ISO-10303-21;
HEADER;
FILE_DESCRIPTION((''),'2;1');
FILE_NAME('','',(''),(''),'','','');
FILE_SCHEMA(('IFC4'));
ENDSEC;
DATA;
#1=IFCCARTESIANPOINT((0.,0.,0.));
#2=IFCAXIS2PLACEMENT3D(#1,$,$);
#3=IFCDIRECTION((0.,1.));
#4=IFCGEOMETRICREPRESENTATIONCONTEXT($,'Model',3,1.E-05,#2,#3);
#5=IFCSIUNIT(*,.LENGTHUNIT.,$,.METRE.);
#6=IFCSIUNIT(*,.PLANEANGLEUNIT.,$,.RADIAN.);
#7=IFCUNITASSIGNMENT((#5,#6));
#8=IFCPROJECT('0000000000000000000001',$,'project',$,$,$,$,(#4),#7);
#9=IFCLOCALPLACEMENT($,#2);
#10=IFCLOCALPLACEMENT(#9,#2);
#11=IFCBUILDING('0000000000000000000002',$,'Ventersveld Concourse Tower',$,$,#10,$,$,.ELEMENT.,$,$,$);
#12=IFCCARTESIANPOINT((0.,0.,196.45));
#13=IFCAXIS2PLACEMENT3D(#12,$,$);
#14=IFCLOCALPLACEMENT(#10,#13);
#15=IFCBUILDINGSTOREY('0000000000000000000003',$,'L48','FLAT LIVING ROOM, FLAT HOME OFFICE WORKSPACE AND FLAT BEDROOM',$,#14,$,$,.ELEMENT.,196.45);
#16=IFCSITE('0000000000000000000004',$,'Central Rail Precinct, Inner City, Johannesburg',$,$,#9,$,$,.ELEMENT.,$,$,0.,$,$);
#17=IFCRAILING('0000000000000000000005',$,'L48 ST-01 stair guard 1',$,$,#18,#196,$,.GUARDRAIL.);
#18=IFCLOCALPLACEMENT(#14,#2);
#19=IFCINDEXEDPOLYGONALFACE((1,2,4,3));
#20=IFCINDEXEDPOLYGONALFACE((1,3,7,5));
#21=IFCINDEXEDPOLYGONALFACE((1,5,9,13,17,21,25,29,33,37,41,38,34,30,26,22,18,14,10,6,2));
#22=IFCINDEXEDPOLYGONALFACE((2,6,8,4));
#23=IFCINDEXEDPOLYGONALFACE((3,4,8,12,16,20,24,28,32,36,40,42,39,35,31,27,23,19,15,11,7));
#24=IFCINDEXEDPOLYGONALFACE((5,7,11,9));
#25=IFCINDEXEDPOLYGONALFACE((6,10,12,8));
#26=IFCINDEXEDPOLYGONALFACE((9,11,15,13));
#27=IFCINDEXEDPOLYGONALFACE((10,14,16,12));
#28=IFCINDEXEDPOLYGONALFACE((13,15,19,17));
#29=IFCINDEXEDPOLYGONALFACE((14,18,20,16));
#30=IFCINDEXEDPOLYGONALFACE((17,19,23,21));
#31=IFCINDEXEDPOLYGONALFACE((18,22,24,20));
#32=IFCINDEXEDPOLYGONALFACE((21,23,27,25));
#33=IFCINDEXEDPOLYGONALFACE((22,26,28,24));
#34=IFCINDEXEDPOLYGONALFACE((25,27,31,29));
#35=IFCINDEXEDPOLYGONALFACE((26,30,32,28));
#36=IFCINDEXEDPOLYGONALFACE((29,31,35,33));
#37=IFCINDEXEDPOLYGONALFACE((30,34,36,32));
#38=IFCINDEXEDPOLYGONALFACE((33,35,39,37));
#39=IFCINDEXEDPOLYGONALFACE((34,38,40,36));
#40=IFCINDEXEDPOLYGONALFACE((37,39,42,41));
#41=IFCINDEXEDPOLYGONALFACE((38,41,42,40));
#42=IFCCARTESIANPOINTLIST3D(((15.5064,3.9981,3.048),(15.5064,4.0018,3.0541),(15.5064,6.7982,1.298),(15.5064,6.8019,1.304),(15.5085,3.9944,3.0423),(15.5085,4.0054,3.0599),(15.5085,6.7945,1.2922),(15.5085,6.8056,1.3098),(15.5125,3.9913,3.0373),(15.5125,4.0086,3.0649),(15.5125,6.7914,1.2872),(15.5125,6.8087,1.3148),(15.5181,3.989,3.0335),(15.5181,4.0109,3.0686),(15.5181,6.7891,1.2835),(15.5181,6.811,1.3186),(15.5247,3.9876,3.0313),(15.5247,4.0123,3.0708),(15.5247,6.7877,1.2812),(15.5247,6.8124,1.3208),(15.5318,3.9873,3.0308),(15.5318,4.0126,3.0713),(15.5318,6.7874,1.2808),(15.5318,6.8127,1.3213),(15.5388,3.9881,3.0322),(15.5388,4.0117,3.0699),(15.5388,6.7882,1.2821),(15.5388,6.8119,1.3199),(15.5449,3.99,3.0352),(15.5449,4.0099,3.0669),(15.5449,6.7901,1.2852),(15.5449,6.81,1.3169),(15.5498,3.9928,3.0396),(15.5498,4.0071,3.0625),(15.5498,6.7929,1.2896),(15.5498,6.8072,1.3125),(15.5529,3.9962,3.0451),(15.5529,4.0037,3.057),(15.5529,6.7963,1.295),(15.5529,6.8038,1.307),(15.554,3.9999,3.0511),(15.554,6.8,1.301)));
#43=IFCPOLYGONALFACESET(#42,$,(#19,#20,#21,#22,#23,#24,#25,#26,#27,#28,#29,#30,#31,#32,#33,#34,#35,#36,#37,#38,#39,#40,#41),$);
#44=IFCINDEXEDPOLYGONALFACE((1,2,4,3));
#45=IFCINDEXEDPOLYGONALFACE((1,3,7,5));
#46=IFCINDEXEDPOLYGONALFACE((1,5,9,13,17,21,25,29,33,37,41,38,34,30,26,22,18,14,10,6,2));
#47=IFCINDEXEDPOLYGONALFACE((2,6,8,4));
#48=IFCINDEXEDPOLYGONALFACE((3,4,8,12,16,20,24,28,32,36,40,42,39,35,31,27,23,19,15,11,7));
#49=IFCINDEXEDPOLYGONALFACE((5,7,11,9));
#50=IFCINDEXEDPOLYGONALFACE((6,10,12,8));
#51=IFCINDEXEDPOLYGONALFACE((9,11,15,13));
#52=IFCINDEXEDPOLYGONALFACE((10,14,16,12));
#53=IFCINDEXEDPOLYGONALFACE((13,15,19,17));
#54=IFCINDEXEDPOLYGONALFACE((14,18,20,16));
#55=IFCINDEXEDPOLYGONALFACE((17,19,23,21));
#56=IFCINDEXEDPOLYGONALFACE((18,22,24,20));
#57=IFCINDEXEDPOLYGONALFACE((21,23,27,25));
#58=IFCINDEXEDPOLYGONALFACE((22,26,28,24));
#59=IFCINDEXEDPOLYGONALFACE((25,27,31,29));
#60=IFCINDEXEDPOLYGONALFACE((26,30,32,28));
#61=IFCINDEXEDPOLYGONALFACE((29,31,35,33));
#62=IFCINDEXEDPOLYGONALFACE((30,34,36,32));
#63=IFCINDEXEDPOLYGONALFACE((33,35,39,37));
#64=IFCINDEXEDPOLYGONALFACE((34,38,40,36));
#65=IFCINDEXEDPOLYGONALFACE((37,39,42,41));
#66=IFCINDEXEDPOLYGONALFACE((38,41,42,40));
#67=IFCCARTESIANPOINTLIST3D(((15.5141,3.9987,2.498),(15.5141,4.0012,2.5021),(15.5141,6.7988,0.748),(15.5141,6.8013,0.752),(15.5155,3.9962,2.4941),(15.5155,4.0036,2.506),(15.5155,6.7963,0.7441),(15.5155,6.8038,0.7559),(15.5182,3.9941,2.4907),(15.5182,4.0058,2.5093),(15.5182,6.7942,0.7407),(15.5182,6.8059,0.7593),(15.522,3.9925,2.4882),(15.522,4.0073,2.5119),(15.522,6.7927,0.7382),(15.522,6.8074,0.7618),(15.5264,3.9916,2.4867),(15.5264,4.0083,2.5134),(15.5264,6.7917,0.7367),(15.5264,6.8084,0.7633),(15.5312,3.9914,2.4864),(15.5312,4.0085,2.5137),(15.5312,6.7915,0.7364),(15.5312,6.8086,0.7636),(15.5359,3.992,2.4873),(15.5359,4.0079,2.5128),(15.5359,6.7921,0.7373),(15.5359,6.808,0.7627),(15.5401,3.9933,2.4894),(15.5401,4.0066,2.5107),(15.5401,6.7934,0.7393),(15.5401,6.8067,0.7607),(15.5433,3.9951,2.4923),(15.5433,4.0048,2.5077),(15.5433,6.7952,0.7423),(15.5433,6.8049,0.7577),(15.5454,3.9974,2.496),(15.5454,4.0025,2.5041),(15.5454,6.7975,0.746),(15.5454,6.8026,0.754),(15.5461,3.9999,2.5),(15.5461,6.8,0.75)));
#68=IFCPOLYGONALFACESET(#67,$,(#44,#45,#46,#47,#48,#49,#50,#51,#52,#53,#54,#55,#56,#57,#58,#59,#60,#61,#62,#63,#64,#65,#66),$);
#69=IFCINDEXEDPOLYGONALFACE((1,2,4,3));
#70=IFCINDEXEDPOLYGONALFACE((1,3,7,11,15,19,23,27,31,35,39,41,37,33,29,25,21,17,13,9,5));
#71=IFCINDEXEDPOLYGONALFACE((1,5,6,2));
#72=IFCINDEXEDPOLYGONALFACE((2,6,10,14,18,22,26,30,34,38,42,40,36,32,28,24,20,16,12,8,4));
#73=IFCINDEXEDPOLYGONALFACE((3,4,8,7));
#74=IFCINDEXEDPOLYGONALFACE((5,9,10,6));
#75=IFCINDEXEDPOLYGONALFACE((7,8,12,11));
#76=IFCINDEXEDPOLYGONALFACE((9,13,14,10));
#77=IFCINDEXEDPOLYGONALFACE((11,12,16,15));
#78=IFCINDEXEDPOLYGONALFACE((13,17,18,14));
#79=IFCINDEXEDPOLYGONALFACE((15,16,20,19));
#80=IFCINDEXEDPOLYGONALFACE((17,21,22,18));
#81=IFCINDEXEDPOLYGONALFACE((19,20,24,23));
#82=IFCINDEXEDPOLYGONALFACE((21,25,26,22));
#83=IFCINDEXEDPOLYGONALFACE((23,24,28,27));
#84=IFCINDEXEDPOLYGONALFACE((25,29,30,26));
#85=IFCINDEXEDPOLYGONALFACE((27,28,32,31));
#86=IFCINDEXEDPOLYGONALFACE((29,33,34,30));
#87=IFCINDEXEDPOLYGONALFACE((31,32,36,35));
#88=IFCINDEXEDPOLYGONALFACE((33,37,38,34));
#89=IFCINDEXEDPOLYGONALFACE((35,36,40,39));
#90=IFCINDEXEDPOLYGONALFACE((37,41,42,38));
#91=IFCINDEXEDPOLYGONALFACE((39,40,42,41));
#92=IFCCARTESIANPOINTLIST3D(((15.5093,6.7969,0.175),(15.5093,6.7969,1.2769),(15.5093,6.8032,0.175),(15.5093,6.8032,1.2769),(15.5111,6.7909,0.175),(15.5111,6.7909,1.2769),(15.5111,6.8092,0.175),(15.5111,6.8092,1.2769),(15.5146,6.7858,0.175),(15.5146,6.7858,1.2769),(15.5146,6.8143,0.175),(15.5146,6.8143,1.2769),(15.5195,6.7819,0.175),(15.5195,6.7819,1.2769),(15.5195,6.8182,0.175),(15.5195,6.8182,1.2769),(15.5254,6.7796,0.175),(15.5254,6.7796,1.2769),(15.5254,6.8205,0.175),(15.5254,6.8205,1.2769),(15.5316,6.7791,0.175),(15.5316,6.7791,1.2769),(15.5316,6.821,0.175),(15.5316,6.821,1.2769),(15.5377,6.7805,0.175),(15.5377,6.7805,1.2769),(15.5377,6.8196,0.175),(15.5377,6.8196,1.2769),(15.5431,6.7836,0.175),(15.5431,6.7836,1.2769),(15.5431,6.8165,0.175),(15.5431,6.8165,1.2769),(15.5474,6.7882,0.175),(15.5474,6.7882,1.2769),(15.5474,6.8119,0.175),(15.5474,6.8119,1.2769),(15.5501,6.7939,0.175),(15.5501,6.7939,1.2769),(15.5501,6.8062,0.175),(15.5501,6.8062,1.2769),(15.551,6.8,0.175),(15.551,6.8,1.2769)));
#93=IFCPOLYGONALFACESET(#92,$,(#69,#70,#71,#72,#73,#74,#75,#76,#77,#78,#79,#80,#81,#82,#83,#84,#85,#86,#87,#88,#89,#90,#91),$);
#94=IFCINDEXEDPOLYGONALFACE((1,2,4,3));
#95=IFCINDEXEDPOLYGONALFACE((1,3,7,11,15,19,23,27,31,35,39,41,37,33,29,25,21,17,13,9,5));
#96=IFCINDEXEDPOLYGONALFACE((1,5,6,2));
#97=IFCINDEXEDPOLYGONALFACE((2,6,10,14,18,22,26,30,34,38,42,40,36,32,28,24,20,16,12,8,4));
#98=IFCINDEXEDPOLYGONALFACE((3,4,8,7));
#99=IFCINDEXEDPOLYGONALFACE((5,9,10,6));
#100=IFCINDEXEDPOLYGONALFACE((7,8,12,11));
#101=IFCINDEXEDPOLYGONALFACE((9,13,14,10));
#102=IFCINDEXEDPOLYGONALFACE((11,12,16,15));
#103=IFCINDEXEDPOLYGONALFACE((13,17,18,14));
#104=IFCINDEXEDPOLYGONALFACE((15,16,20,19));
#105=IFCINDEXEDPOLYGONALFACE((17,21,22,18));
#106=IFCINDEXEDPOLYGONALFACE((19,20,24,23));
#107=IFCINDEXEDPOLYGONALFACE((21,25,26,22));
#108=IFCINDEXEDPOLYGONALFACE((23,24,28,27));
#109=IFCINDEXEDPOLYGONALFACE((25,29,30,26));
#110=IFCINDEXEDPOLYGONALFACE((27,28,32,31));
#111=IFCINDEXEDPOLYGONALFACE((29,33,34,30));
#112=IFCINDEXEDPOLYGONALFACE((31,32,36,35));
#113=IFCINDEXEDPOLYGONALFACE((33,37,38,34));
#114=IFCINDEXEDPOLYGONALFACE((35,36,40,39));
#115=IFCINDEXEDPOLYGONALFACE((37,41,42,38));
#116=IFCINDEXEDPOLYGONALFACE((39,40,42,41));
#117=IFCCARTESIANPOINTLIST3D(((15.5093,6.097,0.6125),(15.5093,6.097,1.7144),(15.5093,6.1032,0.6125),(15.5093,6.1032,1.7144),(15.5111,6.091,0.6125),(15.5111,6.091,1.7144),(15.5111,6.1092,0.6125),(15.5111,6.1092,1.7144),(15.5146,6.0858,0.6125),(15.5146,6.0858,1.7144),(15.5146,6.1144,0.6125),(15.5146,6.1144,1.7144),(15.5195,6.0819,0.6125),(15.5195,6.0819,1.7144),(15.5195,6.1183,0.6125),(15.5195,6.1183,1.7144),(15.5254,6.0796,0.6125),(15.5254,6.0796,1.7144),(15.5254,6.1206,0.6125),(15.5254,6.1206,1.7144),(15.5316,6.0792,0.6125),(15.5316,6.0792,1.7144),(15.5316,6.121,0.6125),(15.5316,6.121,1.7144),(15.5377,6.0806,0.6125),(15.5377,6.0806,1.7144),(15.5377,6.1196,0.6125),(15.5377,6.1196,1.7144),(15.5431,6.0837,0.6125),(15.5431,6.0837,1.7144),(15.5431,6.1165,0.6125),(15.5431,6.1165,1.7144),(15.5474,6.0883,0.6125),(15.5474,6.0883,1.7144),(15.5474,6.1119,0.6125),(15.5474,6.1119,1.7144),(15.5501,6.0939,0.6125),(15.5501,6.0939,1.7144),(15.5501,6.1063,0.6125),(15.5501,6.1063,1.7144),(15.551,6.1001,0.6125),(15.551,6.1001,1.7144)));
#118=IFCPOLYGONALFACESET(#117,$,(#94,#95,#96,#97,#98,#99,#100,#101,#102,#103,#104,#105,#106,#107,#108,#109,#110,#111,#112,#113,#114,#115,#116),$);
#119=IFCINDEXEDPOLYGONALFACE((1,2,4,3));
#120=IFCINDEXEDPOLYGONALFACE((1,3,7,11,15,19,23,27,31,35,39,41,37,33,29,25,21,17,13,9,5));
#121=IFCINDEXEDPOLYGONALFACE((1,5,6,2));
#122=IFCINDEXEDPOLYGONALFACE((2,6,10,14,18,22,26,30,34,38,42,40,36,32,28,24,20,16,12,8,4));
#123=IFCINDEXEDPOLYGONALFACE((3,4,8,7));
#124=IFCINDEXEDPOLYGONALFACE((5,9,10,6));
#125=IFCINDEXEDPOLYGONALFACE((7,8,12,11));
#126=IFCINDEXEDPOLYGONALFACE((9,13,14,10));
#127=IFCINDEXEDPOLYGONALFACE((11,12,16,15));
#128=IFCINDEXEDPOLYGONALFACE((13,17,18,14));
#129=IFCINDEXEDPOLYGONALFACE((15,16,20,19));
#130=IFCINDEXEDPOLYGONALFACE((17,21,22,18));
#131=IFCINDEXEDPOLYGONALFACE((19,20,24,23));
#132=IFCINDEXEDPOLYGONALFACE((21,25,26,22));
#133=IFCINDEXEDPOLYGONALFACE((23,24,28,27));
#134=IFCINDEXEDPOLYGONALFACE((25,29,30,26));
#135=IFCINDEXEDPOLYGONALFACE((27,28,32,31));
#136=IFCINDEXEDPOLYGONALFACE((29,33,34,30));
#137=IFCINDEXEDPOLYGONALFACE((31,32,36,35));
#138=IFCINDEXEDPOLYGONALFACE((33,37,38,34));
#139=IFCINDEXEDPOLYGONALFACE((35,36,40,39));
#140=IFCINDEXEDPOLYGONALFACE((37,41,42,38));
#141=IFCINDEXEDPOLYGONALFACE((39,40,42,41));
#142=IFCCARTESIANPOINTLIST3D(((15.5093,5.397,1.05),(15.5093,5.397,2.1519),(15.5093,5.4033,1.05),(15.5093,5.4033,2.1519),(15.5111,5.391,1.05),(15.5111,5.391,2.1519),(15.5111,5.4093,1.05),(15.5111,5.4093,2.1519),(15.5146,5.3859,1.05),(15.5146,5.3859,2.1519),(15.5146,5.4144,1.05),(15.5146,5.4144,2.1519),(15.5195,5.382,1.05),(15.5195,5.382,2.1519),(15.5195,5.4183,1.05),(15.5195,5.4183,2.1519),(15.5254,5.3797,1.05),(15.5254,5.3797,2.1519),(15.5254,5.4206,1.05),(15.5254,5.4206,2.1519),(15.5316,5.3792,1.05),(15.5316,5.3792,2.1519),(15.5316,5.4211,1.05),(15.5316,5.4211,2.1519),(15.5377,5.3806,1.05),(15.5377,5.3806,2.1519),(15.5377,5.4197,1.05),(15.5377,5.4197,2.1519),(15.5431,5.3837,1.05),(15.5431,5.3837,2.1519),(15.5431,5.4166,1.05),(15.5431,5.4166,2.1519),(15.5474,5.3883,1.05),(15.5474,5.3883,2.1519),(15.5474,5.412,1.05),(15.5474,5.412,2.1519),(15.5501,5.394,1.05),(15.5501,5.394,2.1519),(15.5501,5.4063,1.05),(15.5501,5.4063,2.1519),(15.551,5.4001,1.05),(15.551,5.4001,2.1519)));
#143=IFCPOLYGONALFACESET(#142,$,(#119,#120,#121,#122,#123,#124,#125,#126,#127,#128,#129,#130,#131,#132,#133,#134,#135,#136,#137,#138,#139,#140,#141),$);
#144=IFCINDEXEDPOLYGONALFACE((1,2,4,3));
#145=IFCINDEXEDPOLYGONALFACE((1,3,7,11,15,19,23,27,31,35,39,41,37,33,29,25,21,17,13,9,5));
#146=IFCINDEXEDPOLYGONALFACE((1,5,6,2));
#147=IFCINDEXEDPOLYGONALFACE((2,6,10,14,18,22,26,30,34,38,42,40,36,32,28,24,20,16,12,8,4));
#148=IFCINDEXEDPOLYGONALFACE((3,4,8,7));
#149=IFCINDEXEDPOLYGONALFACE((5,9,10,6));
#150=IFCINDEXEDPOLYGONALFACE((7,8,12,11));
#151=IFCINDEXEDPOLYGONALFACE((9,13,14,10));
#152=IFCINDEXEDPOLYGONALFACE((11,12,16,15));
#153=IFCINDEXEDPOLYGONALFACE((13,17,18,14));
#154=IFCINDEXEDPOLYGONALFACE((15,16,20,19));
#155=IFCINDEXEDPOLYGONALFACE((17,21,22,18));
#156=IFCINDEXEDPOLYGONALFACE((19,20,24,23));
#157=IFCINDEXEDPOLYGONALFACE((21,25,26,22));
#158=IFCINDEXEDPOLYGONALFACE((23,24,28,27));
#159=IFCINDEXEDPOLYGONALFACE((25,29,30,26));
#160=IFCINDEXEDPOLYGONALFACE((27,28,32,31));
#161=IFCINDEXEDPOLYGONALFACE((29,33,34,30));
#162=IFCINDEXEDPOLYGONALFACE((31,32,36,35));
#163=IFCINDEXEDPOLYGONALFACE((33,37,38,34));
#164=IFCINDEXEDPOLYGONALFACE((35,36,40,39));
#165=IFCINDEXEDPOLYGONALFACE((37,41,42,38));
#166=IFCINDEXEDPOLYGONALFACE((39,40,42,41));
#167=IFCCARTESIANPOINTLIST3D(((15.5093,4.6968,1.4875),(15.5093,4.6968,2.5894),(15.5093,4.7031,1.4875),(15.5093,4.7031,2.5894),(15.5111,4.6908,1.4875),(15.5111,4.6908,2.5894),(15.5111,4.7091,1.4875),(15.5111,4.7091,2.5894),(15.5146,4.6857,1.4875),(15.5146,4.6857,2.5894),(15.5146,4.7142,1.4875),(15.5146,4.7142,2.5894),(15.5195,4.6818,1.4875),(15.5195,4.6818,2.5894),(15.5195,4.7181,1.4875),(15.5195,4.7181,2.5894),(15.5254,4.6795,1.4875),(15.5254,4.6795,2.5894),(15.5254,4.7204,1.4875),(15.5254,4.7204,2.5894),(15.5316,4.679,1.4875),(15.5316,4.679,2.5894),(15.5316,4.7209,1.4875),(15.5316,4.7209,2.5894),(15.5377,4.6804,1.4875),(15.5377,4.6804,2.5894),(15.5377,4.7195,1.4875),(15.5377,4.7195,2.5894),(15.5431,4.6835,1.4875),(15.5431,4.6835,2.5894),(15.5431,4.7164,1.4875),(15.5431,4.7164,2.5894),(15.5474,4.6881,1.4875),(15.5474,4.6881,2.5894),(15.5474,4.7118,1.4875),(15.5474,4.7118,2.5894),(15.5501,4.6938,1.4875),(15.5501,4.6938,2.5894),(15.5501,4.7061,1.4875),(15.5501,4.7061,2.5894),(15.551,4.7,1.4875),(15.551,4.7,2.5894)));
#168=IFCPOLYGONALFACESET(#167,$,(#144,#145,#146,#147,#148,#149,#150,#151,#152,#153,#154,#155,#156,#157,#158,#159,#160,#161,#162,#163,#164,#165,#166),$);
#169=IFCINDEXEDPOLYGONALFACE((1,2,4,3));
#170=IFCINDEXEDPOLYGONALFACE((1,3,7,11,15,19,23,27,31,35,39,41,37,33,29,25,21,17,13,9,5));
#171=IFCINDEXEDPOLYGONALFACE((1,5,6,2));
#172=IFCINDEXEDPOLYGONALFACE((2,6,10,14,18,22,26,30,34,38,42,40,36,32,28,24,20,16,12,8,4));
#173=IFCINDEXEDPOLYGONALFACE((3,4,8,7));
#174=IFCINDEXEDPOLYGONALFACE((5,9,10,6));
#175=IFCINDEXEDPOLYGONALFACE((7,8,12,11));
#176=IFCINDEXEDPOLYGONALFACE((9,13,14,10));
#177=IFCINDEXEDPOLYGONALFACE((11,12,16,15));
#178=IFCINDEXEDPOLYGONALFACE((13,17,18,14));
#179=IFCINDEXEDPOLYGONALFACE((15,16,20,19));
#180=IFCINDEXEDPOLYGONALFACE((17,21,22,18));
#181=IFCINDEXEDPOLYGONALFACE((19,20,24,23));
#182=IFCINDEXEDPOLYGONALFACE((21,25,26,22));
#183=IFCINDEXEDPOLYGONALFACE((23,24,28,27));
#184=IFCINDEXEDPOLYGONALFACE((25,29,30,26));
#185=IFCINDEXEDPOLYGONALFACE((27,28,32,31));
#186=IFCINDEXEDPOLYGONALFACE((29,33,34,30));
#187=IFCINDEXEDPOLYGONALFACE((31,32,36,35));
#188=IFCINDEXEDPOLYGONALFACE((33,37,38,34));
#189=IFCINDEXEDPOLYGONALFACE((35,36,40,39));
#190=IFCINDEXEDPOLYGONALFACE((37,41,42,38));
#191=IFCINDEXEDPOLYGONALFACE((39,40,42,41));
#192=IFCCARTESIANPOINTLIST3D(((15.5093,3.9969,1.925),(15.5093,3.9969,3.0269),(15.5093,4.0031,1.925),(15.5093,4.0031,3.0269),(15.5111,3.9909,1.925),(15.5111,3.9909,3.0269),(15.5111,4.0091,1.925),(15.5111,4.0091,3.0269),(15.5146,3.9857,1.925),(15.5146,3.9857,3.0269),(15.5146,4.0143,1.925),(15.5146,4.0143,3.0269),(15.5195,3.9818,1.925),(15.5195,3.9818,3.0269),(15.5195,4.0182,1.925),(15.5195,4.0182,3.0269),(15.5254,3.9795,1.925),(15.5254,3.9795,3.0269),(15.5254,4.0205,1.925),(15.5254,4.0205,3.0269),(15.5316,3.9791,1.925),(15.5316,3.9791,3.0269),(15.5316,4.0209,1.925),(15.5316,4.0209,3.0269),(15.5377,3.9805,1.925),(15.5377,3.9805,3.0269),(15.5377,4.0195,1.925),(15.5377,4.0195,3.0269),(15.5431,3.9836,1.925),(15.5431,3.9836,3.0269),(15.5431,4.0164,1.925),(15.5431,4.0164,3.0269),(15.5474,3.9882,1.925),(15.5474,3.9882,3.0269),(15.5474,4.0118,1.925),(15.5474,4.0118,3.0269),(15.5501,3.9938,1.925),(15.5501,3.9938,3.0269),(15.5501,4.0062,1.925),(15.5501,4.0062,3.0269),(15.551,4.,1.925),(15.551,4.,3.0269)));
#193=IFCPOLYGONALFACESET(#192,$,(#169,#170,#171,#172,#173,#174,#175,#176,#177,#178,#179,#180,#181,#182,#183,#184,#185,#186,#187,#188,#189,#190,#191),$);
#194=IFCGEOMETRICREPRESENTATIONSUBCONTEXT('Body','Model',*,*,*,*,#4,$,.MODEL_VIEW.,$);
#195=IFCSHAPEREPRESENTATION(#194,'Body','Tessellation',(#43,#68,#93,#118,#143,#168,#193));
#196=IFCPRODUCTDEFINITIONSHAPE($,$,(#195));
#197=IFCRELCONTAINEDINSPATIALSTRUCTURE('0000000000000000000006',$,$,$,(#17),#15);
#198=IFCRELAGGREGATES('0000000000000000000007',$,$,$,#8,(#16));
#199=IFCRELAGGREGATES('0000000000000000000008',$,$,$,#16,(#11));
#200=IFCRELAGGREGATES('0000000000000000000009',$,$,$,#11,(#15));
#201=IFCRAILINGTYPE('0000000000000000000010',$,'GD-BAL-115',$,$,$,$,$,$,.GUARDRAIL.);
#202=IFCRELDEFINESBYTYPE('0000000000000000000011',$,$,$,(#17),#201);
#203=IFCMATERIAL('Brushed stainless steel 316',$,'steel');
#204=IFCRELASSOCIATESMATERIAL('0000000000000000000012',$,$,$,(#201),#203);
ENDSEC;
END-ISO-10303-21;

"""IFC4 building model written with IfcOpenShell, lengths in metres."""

from ifc_helpers import new_model, si_unit, direction, frame, origin, origin_2d, place, context, subcontext, project, spatial, circle, extrude, material, type_object, element, save


model = new_model("IFC4")

# Units and contexts
model_context = context("Model", 3, precision=1e-05, world=origin(), true_north=direction((0.0, 1.0)))
body_context = subcontext(model_context, "Body", "Model", "MODEL_VIEW")
ifc_project = project(units=[si_unit("LENGTHUNIT", "METRE"), si_unit("PLANEANGLEUNIT", "RADIAN")], contexts=[model_context])

# Site, building, storey
site_placement = place(None, origin())
site = spatial("IfcSite", under=ifc_project, at=site_placement, Name="Central Rail Precinct, Inner City, Johannesburg", CompositionType="ELEMENT", RefElevation=0.0)
building_placement = place(site_placement, origin())
building = spatial("IfcBuilding", under=site, at=building_placement, Name="Ventersveld Concourse Tower", CompositionType="ELEMENT")
storey_placement = place(building_placement, frame((0.0, 0.0, 196.45)))
storey = spatial("IfcBuildingStorey", under=building, at=storey_placement, Name="L48", Description="FLAT LIVING ROOM, FLAT HOME OFFICE WORKSPACE AND FLAT BEDROOM", CompositionType="ELEMENT", Elevation=196.45)

# Shared definitions
ifc_material_1 = material(Name="Brushed stainless steel 316", Category="steel")

# Railing
railing_type = type_object("IfcRailingType", Name="GD-BAL-115", PredefinedType="GUARDRAIL", material=ifc_material_1)
railing_1_placement = place(storey_placement, frame((15.53, 6.8, 0.175)))
element("IfcRailing", 1, at=railing_1_placement, inside=storey, type_object=railing_type, Name="L48 ST-01 stair guard 1", PredefinedType="GUARDRAIL", context=body_context, shape_type="SweptSolid", body=[
    extrude(circle(Radius=0.0239, at=origin_2d()), frame((0.0, 0.0, 1.126), z_axis=(0.0, -0.848002, 0.529992), x_axis=(1.0, 0.0, 0.0)), (0.0, 0.0, 1.0), 3.302),
    extrude(circle(Radius=0.0161, at=origin_2d()), frame((0.0, 0.0, 0.575), z_axis=(0.0, -0.848002, 0.529992), x_axis=(1.0, 0.0, 0.0)), (0.0, 0.0, 1.0), 3.302),
    extrude(circle(Radius=0.021, at=origin_2d()), origin(), (0.0, 0.0, 1.0), 1.1018),
    extrude(circle(Radius=0.021, at=origin_2d()), frame((0.0, -0.7, 0.4375)), (0.0, 0.0, 1.0), 1.1018),
    extrude(circle(Radius=0.021, at=origin_2d()), frame((0.0, -1.3999, 0.875)), (0.0, 0.0, 1.0), 1.1018),
    extrude(circle(Radius=0.021, at=origin_2d()), frame((0.0, -2.1001, 1.3125)), (0.0, 0.0, 1.0), 1.1018),
    extrude(circle(Radius=0.021, at=origin_2d()), frame((0.0, -2.8, 1.75)), (0.0, 0.0, 1.0), 1.1018),
])

save(model, "model.ifc")
